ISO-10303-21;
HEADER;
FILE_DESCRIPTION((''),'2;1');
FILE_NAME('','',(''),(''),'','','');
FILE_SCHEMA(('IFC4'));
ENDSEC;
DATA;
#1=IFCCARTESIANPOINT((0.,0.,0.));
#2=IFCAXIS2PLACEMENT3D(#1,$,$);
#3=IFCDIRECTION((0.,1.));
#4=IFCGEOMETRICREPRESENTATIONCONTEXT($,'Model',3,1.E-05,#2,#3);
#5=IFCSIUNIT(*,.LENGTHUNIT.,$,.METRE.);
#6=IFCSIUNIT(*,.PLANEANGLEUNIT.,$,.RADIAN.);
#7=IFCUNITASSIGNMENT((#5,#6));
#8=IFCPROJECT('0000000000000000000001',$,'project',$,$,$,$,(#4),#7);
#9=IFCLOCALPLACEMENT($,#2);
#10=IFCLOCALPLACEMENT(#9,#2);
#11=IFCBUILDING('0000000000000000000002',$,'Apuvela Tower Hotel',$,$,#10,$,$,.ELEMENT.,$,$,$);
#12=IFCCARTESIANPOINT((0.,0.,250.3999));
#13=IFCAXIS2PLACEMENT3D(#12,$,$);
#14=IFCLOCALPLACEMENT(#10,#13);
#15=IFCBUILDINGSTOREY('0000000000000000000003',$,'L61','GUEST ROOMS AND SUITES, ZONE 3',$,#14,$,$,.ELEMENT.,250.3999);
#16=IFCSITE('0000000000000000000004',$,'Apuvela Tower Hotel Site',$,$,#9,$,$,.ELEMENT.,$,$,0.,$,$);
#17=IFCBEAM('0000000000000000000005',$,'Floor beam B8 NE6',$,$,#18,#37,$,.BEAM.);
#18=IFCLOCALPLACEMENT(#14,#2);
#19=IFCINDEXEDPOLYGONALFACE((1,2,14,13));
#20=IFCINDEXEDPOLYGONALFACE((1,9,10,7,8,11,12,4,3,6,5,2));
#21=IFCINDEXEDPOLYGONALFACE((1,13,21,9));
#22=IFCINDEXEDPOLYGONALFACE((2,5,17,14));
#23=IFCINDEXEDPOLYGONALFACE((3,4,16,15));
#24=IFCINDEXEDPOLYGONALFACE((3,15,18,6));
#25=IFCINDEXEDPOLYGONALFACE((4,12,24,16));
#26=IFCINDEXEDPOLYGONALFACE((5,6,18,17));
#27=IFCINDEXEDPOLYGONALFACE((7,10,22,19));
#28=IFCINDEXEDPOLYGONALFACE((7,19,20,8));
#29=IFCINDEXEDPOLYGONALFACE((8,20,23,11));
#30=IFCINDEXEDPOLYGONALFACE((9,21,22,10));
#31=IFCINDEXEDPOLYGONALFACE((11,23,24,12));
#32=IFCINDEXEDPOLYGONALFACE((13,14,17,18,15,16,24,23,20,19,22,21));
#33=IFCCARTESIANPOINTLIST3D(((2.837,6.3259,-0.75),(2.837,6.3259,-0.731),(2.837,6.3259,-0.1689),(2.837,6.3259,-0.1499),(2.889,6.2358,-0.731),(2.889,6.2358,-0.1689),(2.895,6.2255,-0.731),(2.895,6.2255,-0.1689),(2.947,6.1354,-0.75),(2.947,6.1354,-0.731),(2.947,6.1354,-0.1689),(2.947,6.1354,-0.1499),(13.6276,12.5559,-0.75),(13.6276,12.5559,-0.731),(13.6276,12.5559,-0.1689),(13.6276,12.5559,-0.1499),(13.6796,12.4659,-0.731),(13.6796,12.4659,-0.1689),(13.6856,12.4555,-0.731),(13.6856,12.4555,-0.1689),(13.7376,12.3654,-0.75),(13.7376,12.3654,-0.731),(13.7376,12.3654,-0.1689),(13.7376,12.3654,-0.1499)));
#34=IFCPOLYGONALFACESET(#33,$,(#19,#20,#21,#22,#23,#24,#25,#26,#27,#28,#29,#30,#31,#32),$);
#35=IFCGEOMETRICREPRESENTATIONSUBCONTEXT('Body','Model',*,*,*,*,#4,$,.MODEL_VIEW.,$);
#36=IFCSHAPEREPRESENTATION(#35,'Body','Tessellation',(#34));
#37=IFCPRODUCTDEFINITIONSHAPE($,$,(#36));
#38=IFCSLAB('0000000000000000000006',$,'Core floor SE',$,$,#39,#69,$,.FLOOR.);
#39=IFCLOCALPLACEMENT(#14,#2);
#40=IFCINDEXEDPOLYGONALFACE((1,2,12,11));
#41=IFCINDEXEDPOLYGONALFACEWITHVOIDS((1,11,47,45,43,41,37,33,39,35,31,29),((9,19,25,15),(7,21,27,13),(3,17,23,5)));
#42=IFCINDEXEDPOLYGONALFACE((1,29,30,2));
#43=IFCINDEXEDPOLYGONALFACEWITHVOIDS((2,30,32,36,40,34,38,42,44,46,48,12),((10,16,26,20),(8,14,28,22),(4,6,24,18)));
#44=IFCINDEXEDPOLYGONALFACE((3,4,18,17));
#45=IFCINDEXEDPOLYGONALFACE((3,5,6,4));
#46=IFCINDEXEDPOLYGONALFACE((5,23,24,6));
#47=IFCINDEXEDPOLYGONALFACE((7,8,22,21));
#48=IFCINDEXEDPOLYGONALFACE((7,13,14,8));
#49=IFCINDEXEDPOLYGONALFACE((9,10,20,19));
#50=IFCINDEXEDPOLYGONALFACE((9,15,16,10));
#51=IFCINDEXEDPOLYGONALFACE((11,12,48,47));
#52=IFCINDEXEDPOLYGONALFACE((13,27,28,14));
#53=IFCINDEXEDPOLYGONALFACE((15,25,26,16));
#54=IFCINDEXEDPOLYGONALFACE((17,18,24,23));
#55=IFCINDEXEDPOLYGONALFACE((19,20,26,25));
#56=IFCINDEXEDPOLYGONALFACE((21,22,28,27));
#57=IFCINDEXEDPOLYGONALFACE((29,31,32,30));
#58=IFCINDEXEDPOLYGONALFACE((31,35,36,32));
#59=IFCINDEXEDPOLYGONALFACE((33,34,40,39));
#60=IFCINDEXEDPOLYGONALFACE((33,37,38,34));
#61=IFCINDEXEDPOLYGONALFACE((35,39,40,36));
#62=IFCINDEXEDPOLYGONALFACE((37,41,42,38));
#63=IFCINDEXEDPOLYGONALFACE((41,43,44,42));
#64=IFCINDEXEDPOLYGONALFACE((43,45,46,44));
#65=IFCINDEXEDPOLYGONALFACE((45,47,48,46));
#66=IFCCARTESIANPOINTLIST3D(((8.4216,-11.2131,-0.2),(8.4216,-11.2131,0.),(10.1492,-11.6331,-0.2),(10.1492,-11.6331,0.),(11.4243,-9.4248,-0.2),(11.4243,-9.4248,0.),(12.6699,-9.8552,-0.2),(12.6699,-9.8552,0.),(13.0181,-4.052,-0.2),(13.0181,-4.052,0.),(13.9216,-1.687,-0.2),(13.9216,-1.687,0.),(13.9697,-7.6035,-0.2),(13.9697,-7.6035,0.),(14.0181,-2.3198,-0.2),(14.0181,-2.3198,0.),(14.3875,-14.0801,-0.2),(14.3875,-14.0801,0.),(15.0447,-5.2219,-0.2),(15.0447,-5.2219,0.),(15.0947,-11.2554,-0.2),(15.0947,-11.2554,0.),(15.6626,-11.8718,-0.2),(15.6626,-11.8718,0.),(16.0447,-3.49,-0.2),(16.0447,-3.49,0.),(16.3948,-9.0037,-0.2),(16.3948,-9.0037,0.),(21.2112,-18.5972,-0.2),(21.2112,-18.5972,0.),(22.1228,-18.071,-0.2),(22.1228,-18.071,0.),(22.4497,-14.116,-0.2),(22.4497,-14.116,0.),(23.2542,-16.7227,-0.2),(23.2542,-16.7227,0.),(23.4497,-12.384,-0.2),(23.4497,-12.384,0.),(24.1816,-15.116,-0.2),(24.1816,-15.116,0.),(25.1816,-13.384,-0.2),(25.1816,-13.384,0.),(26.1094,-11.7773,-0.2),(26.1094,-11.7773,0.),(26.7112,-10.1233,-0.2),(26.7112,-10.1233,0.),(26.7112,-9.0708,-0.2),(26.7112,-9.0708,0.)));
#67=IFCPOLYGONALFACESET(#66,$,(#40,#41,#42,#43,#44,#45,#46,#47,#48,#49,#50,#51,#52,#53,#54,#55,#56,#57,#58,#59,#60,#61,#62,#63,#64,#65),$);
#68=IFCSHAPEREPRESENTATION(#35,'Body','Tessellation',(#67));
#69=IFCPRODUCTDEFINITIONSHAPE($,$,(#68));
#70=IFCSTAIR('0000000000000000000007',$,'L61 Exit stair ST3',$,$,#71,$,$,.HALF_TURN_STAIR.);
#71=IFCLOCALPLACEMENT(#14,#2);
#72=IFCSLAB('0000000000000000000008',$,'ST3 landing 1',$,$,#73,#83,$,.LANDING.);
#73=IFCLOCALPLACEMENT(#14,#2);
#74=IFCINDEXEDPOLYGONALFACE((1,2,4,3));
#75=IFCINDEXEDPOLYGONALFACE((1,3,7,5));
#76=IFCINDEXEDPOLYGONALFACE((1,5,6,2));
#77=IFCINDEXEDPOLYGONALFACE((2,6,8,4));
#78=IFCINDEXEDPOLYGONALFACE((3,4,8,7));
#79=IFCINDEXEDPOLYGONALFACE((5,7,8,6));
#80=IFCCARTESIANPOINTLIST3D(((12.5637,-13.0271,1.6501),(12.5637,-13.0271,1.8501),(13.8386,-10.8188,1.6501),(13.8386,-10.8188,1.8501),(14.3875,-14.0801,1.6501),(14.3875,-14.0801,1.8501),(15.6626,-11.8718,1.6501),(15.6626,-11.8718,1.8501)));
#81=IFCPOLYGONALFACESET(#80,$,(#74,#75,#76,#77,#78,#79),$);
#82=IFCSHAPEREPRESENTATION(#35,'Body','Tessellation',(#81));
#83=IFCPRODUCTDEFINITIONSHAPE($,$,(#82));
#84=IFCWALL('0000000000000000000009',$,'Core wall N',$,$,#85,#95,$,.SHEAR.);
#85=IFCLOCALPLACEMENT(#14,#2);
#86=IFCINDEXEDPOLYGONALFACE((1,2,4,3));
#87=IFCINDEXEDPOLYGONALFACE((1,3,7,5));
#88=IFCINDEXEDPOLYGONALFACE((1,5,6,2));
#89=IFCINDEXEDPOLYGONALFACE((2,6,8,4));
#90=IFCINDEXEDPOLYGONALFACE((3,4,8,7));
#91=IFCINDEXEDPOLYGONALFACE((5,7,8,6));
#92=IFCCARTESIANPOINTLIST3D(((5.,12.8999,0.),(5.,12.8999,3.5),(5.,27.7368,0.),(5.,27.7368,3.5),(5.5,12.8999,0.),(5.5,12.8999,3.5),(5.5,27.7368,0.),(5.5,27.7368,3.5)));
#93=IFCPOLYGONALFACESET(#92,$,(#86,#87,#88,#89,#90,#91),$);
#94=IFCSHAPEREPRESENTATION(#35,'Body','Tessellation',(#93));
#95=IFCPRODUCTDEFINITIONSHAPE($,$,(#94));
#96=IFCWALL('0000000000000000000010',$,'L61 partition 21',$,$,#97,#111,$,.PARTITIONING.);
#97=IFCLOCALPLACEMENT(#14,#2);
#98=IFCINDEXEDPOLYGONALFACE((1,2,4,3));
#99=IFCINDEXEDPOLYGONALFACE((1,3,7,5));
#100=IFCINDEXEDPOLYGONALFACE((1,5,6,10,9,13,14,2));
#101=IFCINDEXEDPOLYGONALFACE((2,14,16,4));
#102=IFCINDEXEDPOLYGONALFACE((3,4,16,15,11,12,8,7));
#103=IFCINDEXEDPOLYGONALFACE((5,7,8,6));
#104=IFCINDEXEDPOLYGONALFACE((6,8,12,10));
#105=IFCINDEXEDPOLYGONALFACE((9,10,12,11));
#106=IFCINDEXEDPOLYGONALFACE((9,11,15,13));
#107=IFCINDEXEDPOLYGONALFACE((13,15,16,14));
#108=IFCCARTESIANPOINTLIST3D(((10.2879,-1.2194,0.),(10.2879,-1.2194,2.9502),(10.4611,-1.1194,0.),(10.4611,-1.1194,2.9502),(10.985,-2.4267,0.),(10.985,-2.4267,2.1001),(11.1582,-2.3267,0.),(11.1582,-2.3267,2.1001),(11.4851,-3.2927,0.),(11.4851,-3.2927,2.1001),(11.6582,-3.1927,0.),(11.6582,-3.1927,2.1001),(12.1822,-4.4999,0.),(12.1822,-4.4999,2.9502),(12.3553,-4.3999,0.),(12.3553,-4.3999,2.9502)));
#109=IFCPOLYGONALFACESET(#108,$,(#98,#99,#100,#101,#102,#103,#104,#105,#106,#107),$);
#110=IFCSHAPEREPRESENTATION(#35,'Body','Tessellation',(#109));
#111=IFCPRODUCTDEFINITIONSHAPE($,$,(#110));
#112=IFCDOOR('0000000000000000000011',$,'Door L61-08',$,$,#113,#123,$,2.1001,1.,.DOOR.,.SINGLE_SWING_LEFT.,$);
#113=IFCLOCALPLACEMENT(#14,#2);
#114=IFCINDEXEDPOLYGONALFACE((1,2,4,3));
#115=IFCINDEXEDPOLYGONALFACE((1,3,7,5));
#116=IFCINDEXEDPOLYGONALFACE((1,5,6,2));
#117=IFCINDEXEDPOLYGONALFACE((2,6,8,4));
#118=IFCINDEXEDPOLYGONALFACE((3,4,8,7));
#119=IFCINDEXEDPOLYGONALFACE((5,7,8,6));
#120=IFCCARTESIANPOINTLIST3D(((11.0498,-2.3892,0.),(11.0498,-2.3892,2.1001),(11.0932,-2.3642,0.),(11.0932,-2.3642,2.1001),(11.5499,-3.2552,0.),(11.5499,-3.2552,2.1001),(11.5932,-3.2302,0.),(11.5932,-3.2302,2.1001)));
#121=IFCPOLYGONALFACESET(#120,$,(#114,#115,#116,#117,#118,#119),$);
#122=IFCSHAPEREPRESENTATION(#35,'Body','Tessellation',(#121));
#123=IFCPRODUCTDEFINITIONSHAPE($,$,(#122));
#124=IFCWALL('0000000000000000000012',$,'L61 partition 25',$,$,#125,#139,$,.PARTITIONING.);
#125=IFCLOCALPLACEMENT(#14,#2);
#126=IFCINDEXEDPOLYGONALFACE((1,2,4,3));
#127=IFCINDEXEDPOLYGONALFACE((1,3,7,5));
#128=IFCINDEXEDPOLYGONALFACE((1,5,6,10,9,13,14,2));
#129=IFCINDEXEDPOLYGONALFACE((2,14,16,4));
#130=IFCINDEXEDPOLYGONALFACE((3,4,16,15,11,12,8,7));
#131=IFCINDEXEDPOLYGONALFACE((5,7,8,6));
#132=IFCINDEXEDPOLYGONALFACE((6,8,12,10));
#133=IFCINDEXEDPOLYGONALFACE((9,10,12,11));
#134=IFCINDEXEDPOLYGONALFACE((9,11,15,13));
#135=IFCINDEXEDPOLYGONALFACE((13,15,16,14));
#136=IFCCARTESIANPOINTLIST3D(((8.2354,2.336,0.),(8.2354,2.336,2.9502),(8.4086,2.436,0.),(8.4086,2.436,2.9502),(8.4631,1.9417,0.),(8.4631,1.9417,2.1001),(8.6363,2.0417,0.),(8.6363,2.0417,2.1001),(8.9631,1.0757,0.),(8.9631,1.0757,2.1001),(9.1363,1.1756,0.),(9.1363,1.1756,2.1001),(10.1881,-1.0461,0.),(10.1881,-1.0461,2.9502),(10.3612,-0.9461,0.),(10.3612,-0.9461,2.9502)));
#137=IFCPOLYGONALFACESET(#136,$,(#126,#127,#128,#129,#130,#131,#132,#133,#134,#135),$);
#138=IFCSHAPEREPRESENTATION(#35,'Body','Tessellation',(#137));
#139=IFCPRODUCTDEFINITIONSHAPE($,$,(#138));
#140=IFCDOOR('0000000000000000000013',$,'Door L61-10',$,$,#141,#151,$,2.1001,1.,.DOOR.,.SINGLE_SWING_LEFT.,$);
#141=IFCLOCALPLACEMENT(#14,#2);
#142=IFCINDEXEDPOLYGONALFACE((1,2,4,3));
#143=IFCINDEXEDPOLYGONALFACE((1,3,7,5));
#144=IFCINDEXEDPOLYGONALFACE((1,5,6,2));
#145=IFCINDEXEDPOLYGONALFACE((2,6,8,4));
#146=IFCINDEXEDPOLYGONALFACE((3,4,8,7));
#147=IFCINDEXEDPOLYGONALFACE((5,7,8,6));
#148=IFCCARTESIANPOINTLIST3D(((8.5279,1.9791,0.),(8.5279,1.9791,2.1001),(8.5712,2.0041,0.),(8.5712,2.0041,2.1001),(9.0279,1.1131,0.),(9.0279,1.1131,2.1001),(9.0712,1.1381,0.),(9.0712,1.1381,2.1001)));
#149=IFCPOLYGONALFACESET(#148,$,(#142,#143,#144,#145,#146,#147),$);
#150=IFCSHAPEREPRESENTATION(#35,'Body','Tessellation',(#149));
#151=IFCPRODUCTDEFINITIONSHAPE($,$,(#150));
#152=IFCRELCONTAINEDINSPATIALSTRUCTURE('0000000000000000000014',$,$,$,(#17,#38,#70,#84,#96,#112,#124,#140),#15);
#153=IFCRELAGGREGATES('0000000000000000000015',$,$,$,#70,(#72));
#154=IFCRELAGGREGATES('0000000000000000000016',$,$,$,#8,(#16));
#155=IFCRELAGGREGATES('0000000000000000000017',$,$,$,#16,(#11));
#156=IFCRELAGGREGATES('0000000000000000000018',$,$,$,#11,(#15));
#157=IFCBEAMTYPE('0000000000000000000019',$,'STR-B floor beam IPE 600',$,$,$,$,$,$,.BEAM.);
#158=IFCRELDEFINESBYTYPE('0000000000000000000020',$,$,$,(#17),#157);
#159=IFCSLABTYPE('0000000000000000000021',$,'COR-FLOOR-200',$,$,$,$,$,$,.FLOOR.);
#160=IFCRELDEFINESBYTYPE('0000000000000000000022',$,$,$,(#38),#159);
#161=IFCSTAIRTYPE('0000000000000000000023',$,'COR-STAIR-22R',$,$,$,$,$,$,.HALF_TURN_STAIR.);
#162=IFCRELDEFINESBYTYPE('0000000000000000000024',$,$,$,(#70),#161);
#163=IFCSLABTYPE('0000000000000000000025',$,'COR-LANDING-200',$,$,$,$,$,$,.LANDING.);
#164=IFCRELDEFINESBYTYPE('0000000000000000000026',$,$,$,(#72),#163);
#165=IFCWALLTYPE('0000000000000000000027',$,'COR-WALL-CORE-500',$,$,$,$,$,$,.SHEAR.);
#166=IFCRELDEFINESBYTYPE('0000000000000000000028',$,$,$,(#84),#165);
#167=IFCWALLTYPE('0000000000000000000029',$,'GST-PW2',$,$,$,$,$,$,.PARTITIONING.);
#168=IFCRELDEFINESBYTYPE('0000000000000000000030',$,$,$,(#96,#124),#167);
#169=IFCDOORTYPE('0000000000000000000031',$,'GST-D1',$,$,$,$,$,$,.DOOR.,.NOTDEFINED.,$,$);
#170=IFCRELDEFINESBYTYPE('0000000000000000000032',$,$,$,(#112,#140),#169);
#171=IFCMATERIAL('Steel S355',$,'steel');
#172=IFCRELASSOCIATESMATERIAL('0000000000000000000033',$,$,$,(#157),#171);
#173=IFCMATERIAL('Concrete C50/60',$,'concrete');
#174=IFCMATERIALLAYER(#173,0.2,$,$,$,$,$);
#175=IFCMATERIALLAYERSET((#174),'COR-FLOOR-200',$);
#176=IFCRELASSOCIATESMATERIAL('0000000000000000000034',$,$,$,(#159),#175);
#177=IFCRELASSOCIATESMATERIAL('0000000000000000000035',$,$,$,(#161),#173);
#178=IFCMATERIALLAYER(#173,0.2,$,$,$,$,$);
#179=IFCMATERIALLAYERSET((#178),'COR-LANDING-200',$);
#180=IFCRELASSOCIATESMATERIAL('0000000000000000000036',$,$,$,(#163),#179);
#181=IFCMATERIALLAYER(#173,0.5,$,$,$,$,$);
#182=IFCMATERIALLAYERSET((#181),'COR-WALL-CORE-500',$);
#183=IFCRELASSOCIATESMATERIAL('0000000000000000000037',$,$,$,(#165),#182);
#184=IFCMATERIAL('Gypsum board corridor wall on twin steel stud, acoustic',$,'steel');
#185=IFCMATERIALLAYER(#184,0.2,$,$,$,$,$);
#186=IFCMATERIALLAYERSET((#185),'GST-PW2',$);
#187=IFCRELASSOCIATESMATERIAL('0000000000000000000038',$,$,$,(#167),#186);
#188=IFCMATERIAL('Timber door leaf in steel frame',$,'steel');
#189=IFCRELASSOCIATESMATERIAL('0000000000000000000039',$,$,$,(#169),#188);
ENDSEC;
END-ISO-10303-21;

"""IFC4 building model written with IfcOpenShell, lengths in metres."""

from ifc_helpers import new_model, si_unit, direction, frame, frame_2d, origin, origin_2d, place, context, subcontext, project, spatial, polyline, rectangle, i_section, outline, extrude, material, layer, layer_set, material_profile, profile_set, type_object, element, fill, aggregate, save


model = new_model("IFC4")

# Units and contexts
model_context = context("Model", 3, precision=1e-05, world=origin(), true_north=direction((0.0, 1.0)))
body_context = subcontext(model_context, "Body", "Model", "MODEL_VIEW")
ifc_project = project(units=[si_unit("LENGTHUNIT", "METRE"), si_unit("PLANEANGLEUNIT", "RADIAN")], contexts=[model_context])

# Site, building, storey
site_placement = place(None, origin())
site = spatial("IfcSite", under=ifc_project, at=site_placement, Name="Apuvela Tower Hotel Site", CompositionType="ELEMENT", RefElevation=0.0)
building_placement = place(site_placement, origin())
building = spatial("IfcBuilding", under=site, at=building_placement, Name="Apuvela Tower Hotel", CompositionType="ELEMENT")
storey_placement = place(building_placement, frame((0.0, 0.0, 250.3999)))
storey = spatial("IfcBuildingStorey", under=building, at=storey_placement, Name="L61", Description="GUEST ROOMS AND SUITES, ZONE 3", CompositionType="ELEMENT", Elevation=250.3999)

# Beam
ifc_material_1 = material(Name="Steel S355", Category="steel")
ifc_material_profile = material_profile(ifc_material_1, i_section(OverallWidth=0.22, OverallDepth=0.6001, WebThickness=0.012, FlangeThickness=0.019, at=origin_2d()), Name="IPE 600")
ifc_profile_set = profile_set([ifc_material_profile], Name="Steel S355")
beam_type = type_object("IfcBeamType", Name="STR-B floor beam IPE 600", PredefinedType="BEAM", material=ifc_profile_set)
beam_placement = place(storey_placement, frame((13.6826, 12.4607, -0.45), z_axis=(-0.866023, -0.500004, 0.0), x_axis=(0.500004, -0.866023, 0.0)))
element("IfcBeam", 1, at=beam_placement, inside=storey, type_object=beam_type, Name="Floor beam B8 NE6", PredefinedType="BEAM", context=body_context, shape_type="SweptSolid", body=[
    extrude(i_section(OverallWidth=0.22, OverallDepth=0.6001, WebThickness=0.012, FlangeThickness=0.019, at=origin_2d()), origin(), (0.0, 0.0, 1.0), 12.46),
])

# Slab
ifc_material_2 = material(Name="Concrete C50/60", Category="concrete")
ifc_layer_1 = layer(ifc_material_2, 0.2)
ifc_layer_set_1 = layer_set([ifc_layer_1], Name="COR-FLOOR-200")
slab_type_1 = type_object("IfcSlabType", Name="COR-FLOOR-200", PredefinedType="FLOOR", material=ifc_layer_set_1)
slab_1_placement = place(storey_placement, frame((0.0, 0.0, -0.2)))
element("IfcSlab", 2, at=slab_1_placement, inside=storey, type_object=slab_type_1, Name="Core floor SE", PredefinedType="FLOOR", context=body_context, shape_type="SweptSolid", body=[
    extrude(outline(polyline([(21.2112, -18.5972), (22.1228, -18.071), (23.2542, -16.7227), (24.1816, -15.116), (22.4497, -14.116), (23.4497, -12.384), (25.1816, -13.384), (26.1094, -11.7773), (26.7112, -10.1233), (26.7112, -9.0708), (13.9216, -1.687), (8.4216, -11.2131), (21.2112, -18.5972)]), holes=[polyline([(14.0181, -2.3198), (16.0447, -3.49), (15.0447, -5.2219), (13.0181, -4.052), (14.0181, -2.3198)]), polyline([(10.1492, -11.6331), (11.4243, -9.4248), (15.6626, -11.8718), (14.3875, -14.0801), (10.1492, -11.6331)]), polyline([(12.6699, -9.8552), (13.9697, -7.6035), (16.3948, -9.0037), (15.0947, -11.2554), (12.6699, -9.8552)])]), origin(), (0.0, 0.0, 1.0), 0.2),
])

# Stair, slab
stair_type = type_object("IfcStairType", Name="COR-STAIR-22R", PredefinedType="HALF_TURN_STAIR", material=ifc_material_2)
stair_placement = place(storey_placement, origin())
stair = element("IfcStair", 3, at=stair_placement, inside=storey, type_object=stair_type, Name="L61 Exit stair ST3", PredefinedType="HALF_TURN_STAIR")
ifc_layer_2 = layer(ifc_material_2, 0.2)
ifc_layer_set_2 = layer_set([ifc_layer_2], Name="COR-LANDING-200")
slab_type_2 = type_object("IfcSlabType", Name="COR-LANDING-200", PredefinedType="LANDING", material=ifc_layer_set_2)
slab_2_placement = place(storey_placement, frame((0.0, 0.0, 1.6501)))
slab_2 = element("IfcSlab", 4, at=slab_2_placement, type_object=slab_type_2, Name="ST3 landing 1", PredefinedType="LANDING", context=body_context, shape_type="SweptSolid", body=[
    extrude(outline(polyline([(12.5637, -13.0271), (14.3875, -14.0801), (15.6626, -11.8718), (13.8386, -10.8188), (12.5637, -13.0271)])), origin(), (0.0, 0.0, 1.0), 0.2),
])
aggregate(stair, [slab_2])

# Wall
ifc_layer_3 = layer(ifc_material_2, 0.5)
ifc_layer_set_3 = layer_set([ifc_layer_3], Name="COR-WALL-CORE-500")
wall_type_1 = type_object("IfcWallType", Name="COR-WALL-CORE-500", PredefinedType="SHEAR", material=ifc_layer_set_3)
wall_1_placement = place(storey_placement, frame((5.25, 12.8999, 0.0), z_axis=(0.0, 0.0, 1.0), x_axis=(0.0, 1.0, 0.0)))
element("IfcWall", 5, at=wall_1_placement, inside=storey, type_object=wall_type_1, Name="Core wall N", PredefinedType="SHEAR", context=body_context, shape_type="SweptSolid", body=[
    extrude(rectangle(XDim=14.8369, YDim=0.5, at=frame_2d((7.4185, 0.0))), origin(), (0.0, 0.0, 1.0), 3.5),
])

# Walls, openings, doors
ifc_material_3 = material(Name="Gypsum board corridor wall on twin steel stud, acoustic", Category="steel")
ifc_layer_4 = layer(ifc_material_3, 0.2)
ifc_layer_set_4 = layer_set([ifc_layer_4], Name="GST-PW2")
wall_type_2 = type_object("IfcWallType", Name="GST-PW2", PredefinedType="PARTITIONING", material=ifc_layer_set_4)
wall_2_placement = place(storey_placement, frame((10.3745, -1.1694, 0.0), z_axis=(0.0, 0.0, 1.0), x_axis=(0.500055, -0.865993, 0.0)))
wall_2 = element("IfcWall", 6, at=wall_2_placement, inside=storey, type_object=wall_type_2, Name="L61 partition 21", PredefinedType="PARTITIONING", context=body_context, shape_type="SweptSolid", body=[
    extrude(rectangle(XDim=3.7881, YDim=0.2, at=frame_2d((1.894, 0.0))), origin(), (0.0, 0.0, 1.0), 2.9502),
])
opening_1_placement = place(wall_2_placement, frame((1.394, 0.0, 0.0)))
opening_1 = element("IfcOpeningElement", 7, at=opening_1_placement, cuts=wall_2, PredefinedType="OPENING", context=body_context, shape_type="SweptSolid", body=[
    extrude(rectangle(XDim=1.0, YDim=2.1001, at=frame_2d((0.5, 1.05))), frame((0.0, 0.1099, 0.0), z_axis=(0.0, -1.0, 0.0), x_axis=(1.0, 0.0, 0.0)), (0.0, 0.0, 1.0), 0.22),
])
ifc_material_4 = material(Name="Timber door leaf in steel frame", Category="steel")
door_type_1 = type_object("IfcDoorType", Name="GST-D1", OperationType="NOTDEFINED", PredefinedType="DOOR", material=ifc_material_4)
door_1_placement = place(opening_1_placement, origin())
door_1 = element("IfcDoor", 8, at=door_1_placement, inside=storey, type_object=door_type_1, Name="Door L61-08", OperationType="SINGLE_SWING_LEFT", OverallHeight=2.1001, OverallWidth=1.0, PredefinedType="DOOR", context=body_context, shape_type="SweptSolid", body=[
    extrude(rectangle(XDim=1.0, YDim=2.1001, at=frame_2d((0.5, 1.05))), frame((0.0, 0.0249, 0.0), z_axis=(0.0, -1.0, 0.0), x_axis=(1.0, 0.0, 0.0)), (0.0, 0.0, 1.0), 0.05),
])
fill(opening_1, door_1)
wall_3_placement = place(storey_placement, frame((8.322, 2.386, 0.0), z_axis=(0.0, 0.0, 1.0), x_axis=(0.499998, -0.866026, 0.0)))
wall_3 = element("IfcWall", 9, at=wall_3_placement, inside=storey, type_object=wall_type_2, Name="L61 partition 25", PredefinedType="PARTITIONING", context=body_context, shape_type="SweptSolid", body=[
    extrude(rectangle(XDim=3.9053, YDim=0.2, at=frame_2d((1.9526, 0.0))), origin(), (0.0, 0.0, 1.0), 2.9502),
])
opening_2_placement = place(wall_3_placement, frame((0.4553, 0.0, 0.0)))
opening_2 = element("IfcOpeningElement", 10, at=opening_2_placement, cuts=wall_3, PredefinedType="OPENING", context=body_context, shape_type="SweptSolid", body=[
    extrude(rectangle(XDim=1.0, YDim=2.1001, at=frame_2d((0.5, 1.05))), frame((0.0, 0.1099, 0.0), z_axis=(0.0, -1.0, 0.0), x_axis=(1.0, 0.0, 0.0)), (0.0, 0.0, 1.0), 0.22),
])
door_2_placement = place(opening_2_placement, origin())
door_2 = element("IfcDoor", 11, at=door_2_placement, inside=storey, type_object=door_type_1, Name="Door L61-10", OperationType="SINGLE_SWING_LEFT", OverallHeight=2.1001, OverallWidth=1.0, PredefinedType="DOOR", context=body_context, shape_type="SweptSolid", body=[
    extrude(rectangle(XDim=1.0, YDim=2.1001, at=frame_2d((0.5, 1.05))), frame((0.0, 0.0249, 0.0), z_axis=(0.0, -1.0, 0.0), x_axis=(1.0, 0.0, 0.0)), (0.0, 0.0, 1.0), 0.05),
])
fill(opening_2, door_2)

save(model, "model.ifc")
